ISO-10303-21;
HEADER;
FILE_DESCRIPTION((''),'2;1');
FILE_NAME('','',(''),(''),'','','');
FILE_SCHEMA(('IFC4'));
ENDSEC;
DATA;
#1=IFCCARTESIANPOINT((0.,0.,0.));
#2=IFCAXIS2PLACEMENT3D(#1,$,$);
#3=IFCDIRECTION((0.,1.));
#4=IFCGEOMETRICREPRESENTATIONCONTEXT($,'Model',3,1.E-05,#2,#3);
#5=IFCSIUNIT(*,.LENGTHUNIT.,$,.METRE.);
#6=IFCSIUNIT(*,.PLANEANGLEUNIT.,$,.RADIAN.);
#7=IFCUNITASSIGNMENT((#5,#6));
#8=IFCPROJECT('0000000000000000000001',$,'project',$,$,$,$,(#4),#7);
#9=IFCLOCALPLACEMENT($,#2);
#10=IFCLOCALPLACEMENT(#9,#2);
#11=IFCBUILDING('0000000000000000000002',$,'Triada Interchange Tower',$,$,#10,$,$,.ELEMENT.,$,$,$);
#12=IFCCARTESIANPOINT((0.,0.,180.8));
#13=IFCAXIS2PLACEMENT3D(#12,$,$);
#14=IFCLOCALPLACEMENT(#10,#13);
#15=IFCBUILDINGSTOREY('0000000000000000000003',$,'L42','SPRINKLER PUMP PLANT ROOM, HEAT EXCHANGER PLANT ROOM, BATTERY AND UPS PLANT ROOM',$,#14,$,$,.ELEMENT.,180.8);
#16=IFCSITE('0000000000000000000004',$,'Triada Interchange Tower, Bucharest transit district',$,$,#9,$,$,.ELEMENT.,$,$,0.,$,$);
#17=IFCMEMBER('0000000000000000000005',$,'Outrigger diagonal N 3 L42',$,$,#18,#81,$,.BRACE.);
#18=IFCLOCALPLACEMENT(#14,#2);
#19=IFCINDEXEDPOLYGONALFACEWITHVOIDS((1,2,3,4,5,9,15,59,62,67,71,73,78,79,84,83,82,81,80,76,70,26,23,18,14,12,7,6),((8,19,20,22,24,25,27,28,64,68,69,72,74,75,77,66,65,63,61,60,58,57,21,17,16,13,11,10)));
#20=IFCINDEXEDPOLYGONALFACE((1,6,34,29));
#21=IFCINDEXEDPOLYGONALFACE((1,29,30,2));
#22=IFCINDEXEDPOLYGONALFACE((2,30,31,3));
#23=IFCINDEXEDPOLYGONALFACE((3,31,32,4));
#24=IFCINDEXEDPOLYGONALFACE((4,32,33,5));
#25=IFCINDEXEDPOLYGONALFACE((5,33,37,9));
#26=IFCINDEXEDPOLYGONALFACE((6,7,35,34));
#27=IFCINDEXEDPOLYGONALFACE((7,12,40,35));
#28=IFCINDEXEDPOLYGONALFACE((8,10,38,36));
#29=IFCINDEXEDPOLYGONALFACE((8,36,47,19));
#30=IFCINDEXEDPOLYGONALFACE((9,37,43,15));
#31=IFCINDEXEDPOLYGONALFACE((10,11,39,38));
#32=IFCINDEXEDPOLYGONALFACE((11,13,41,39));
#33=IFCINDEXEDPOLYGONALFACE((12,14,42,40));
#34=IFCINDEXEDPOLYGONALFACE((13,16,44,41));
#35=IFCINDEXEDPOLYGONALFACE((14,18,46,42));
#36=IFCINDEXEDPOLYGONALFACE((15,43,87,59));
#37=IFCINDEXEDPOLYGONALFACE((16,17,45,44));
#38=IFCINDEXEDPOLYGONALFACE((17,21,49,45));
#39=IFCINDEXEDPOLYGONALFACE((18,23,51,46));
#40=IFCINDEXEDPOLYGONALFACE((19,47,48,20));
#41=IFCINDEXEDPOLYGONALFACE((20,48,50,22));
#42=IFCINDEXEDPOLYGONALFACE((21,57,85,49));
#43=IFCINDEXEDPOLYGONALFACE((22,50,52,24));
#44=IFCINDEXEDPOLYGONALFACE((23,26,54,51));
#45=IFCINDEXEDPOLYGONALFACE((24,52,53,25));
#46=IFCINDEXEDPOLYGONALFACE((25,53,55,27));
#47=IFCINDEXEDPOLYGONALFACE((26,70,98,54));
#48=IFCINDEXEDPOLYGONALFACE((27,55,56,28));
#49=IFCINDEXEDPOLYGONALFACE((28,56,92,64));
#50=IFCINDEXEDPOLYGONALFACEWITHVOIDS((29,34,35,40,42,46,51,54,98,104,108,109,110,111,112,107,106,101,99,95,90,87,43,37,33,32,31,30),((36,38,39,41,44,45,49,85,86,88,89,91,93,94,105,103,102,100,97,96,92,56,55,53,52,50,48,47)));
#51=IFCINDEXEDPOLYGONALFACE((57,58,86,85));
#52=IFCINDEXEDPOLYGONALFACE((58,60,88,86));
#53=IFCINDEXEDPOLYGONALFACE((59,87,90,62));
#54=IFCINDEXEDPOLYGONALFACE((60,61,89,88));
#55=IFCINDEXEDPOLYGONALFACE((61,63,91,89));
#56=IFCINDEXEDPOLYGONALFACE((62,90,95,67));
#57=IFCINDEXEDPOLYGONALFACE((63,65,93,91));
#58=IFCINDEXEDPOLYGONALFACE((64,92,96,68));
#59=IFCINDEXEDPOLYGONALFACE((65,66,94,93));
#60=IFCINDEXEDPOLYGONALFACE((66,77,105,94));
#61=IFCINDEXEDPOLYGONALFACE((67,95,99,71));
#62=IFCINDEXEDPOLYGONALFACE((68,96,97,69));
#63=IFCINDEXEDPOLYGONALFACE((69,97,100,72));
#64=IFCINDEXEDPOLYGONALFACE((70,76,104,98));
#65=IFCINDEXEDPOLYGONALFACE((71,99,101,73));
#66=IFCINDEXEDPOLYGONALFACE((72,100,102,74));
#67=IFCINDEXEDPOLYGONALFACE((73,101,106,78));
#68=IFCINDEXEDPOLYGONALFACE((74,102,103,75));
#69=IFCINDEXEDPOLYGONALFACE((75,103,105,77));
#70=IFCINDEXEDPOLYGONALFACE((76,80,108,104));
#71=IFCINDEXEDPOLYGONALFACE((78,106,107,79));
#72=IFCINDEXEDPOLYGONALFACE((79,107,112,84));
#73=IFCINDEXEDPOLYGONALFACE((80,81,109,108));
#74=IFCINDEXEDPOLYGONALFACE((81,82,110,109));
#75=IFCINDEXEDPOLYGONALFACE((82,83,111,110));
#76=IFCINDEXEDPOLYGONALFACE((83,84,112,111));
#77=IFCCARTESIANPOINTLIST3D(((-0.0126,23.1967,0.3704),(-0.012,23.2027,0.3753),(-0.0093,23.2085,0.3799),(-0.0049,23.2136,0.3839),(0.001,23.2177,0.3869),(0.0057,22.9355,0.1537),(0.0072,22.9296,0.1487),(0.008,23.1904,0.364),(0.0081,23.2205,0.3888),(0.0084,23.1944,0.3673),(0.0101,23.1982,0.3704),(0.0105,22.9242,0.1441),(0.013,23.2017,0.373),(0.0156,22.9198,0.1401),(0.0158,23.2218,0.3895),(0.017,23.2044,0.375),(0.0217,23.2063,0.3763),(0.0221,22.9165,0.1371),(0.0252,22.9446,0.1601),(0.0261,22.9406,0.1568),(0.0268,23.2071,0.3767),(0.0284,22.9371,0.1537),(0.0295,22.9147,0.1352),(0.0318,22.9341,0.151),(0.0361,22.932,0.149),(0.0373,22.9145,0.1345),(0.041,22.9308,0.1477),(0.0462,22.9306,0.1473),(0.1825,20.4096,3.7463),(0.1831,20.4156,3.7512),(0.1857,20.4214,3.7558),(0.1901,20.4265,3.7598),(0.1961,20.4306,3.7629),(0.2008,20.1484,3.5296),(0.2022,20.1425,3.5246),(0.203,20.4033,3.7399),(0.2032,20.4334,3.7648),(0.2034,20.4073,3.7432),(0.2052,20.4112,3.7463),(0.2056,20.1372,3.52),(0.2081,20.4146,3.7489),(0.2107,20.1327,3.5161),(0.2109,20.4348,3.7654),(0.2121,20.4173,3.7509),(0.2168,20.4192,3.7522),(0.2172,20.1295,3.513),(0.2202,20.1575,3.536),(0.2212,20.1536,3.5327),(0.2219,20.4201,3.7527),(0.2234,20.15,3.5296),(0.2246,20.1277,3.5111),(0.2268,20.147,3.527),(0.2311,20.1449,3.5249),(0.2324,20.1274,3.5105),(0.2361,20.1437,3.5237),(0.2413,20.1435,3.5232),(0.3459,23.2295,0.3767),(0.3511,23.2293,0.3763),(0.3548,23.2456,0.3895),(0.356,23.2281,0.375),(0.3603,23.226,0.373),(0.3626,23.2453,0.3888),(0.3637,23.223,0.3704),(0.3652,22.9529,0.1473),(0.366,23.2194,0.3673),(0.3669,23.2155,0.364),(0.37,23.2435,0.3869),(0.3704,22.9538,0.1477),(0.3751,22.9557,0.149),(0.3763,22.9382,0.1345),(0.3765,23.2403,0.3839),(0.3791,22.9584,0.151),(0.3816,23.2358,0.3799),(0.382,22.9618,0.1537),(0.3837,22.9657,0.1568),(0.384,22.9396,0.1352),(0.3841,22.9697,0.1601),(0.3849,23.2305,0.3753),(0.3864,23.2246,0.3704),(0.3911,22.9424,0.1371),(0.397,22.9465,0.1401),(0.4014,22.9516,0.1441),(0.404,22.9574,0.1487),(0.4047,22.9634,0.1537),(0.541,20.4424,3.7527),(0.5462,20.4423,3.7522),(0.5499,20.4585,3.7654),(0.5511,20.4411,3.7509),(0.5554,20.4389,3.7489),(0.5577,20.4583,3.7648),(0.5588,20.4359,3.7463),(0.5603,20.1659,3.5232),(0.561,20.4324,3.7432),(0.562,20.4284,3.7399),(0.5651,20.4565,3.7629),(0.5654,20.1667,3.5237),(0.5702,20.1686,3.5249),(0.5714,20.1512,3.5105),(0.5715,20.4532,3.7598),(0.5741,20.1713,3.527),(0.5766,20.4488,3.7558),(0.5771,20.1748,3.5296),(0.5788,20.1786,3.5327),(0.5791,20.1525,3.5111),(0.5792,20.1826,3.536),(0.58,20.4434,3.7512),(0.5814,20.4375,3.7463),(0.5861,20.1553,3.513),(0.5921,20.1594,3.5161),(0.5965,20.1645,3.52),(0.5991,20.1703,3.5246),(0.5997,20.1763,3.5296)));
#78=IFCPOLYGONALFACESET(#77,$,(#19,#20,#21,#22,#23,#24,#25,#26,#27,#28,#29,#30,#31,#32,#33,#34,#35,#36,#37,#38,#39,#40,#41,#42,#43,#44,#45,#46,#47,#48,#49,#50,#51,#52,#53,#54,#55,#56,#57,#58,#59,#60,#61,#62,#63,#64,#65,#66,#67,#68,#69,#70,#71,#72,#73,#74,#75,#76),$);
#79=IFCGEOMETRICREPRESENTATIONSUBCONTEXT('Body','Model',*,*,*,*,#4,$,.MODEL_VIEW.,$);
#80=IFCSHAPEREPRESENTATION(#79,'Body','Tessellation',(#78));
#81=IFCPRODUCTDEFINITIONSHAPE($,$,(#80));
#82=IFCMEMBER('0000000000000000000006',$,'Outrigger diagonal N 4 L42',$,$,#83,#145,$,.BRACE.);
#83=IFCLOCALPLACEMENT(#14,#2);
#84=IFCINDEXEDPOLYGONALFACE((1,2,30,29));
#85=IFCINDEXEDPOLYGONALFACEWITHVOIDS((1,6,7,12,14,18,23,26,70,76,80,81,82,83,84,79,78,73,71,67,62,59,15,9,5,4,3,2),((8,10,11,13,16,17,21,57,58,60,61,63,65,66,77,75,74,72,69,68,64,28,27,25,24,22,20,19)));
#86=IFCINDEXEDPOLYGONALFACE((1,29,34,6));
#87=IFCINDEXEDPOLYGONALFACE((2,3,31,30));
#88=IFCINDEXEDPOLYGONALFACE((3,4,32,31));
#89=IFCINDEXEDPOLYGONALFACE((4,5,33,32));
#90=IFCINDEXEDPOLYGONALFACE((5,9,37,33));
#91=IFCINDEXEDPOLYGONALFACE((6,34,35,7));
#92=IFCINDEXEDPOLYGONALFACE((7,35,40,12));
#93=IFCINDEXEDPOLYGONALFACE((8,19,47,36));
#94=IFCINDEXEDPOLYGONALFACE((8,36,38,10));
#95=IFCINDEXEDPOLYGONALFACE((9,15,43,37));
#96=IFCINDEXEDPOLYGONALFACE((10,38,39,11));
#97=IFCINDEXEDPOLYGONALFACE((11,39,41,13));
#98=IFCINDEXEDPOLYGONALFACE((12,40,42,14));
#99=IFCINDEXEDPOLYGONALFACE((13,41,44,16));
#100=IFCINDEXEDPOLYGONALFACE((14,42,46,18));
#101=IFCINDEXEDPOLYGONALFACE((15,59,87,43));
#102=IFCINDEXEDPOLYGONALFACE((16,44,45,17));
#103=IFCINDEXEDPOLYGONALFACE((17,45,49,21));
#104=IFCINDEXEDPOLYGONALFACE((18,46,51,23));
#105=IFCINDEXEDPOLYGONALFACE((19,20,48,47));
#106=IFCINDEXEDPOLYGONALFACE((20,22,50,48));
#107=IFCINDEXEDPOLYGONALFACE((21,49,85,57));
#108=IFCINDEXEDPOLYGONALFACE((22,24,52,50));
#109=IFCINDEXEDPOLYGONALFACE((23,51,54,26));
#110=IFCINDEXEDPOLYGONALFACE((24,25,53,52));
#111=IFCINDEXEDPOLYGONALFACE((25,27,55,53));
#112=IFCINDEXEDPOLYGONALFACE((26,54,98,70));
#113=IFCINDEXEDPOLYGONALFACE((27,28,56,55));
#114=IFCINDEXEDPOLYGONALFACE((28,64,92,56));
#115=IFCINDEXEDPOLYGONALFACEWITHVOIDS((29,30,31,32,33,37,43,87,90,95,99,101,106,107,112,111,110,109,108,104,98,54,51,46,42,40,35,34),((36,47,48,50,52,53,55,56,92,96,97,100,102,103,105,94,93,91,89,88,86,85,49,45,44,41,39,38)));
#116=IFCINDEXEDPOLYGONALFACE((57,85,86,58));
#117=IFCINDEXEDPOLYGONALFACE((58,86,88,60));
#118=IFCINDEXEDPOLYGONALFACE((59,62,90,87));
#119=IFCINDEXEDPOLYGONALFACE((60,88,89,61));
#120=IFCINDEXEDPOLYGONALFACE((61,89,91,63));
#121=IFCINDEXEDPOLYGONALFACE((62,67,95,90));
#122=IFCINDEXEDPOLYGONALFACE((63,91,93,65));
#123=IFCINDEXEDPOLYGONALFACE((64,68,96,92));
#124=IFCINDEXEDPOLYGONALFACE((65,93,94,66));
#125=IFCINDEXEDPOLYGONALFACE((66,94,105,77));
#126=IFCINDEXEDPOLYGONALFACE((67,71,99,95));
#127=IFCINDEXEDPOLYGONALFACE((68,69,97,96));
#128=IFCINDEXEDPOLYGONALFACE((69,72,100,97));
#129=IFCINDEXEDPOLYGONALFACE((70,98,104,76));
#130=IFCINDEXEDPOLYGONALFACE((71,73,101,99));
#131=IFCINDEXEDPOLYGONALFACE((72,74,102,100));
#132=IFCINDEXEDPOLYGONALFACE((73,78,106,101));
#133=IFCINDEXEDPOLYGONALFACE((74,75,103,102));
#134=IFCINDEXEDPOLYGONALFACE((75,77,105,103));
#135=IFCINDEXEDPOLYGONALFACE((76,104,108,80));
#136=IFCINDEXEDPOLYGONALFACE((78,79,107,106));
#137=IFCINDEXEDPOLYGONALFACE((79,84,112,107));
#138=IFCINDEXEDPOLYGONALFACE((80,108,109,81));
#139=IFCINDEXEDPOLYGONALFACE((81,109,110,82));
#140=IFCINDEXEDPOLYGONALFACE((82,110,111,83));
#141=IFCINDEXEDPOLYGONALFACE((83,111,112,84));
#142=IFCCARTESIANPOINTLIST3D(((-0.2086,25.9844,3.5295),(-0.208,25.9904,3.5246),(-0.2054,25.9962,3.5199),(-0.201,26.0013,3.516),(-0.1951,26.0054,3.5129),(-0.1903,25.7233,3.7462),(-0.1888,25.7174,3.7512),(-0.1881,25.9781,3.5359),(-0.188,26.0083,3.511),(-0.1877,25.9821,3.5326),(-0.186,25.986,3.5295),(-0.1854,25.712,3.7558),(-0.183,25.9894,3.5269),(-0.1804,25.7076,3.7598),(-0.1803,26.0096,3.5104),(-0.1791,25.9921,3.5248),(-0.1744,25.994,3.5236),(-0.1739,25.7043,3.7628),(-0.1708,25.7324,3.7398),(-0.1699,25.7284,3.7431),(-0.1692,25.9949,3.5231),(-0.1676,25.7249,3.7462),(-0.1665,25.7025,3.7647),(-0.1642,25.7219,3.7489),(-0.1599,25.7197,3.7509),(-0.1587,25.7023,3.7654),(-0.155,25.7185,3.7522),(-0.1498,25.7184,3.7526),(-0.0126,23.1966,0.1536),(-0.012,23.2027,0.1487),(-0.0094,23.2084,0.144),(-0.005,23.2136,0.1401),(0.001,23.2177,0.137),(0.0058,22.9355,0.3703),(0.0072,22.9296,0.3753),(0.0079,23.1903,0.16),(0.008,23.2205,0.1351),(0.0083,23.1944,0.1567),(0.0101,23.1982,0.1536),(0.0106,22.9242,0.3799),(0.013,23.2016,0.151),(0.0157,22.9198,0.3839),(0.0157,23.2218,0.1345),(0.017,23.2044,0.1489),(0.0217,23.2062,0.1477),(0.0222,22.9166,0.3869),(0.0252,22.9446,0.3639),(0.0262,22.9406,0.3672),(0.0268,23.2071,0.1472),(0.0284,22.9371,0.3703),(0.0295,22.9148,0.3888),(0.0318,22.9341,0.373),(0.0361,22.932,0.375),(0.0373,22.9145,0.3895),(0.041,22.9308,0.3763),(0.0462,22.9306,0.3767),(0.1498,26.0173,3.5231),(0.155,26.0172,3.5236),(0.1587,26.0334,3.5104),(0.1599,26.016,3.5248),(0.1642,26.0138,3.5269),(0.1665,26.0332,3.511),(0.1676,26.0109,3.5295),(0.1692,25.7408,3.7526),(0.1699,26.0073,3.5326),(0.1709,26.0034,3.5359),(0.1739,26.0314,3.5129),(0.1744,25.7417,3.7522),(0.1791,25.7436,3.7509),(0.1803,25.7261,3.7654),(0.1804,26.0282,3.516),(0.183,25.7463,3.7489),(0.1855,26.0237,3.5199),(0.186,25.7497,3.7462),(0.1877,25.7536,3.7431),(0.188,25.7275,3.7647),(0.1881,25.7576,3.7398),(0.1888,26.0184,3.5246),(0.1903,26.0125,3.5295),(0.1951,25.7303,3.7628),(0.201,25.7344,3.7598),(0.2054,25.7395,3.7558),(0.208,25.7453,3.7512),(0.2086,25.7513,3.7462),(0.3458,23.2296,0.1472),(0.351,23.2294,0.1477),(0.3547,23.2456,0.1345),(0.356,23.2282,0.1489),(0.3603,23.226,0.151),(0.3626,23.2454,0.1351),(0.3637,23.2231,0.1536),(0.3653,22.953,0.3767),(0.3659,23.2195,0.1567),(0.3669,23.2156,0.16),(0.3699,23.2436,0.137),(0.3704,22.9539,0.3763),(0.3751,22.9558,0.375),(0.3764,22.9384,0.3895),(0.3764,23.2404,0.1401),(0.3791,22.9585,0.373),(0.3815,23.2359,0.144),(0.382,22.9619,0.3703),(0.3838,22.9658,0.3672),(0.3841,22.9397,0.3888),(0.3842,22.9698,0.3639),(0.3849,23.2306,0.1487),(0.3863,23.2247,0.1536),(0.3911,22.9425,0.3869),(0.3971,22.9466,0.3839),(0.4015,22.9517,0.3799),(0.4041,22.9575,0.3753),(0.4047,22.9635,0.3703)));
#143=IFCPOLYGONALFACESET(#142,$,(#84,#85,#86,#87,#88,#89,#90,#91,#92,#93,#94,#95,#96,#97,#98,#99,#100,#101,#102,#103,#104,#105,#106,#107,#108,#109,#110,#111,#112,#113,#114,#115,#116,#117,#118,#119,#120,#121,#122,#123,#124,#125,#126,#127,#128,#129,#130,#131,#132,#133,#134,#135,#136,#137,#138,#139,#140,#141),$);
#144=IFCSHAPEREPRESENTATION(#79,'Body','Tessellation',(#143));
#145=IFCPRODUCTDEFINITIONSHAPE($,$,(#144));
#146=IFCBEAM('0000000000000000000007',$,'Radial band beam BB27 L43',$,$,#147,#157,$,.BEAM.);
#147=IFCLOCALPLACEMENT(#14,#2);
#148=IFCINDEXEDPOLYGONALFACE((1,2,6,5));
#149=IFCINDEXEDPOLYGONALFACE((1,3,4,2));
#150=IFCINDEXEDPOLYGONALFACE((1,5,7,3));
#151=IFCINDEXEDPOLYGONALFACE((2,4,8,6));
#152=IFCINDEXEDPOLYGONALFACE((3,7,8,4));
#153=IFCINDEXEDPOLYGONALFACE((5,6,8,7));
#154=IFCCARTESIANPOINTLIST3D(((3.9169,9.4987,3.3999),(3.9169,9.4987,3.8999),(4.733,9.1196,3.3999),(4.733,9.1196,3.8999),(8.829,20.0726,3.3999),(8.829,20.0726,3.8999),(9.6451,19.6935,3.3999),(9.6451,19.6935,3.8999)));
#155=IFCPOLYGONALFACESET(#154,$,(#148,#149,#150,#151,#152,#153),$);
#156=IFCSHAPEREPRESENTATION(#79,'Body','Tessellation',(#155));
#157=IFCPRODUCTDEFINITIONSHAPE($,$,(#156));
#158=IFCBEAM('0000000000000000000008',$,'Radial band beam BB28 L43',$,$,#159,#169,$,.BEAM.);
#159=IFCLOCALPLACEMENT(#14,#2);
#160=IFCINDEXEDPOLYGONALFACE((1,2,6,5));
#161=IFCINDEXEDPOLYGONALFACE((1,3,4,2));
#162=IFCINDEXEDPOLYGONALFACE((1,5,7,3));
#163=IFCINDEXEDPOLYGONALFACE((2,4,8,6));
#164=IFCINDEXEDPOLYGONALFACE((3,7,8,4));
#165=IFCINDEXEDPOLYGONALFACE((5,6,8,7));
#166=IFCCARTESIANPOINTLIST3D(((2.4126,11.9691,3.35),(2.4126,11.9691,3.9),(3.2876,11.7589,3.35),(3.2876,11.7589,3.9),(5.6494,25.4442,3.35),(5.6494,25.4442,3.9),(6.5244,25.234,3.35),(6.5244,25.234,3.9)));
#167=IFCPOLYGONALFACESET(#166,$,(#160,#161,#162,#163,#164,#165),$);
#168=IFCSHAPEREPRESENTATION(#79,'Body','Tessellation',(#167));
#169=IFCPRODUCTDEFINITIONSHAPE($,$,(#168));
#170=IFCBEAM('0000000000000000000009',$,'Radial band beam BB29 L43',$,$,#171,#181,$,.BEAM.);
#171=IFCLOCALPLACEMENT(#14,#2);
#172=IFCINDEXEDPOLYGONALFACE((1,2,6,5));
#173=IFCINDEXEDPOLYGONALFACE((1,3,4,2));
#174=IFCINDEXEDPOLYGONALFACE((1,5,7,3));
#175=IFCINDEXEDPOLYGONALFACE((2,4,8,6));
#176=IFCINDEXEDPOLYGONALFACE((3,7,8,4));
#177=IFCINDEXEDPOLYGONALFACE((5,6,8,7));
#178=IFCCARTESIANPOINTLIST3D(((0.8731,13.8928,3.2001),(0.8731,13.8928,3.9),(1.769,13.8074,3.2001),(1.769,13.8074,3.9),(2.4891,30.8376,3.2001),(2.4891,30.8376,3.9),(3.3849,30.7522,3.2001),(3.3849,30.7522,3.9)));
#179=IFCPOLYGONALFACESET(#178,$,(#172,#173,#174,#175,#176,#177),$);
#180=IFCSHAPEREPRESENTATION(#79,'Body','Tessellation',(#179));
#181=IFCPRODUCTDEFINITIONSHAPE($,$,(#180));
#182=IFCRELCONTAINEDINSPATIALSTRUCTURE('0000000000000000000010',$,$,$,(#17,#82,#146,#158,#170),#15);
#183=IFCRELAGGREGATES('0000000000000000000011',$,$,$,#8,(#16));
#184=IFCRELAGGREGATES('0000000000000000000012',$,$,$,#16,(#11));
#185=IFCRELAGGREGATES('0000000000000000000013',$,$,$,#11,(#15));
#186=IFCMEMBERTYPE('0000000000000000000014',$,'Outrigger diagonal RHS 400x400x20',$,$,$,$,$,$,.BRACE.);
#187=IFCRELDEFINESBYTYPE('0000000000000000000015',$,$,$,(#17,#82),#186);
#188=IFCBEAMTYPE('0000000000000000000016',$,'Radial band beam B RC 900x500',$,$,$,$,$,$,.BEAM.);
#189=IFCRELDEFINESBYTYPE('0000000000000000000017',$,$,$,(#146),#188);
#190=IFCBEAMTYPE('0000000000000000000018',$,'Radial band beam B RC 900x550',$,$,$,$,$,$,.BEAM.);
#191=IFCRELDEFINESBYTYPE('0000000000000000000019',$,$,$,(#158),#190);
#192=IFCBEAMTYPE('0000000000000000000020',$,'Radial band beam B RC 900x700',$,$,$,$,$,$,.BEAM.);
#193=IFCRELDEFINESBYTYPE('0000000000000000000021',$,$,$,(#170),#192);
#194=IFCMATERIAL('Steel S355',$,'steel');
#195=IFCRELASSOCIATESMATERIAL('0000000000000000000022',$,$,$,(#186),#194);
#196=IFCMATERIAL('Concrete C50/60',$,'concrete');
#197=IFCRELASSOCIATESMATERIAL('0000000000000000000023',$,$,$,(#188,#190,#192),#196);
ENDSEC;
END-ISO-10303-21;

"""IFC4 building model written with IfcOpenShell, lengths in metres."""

from ifc_helpers import new_model, si_unit, direction, frame, origin, origin_2d, place, context, subcontext, project, spatial, rectangle, hollow_rectangle, extrude, material, material_profile, profile_set, type_object, element, save


model = new_model("IFC4")

# Units and contexts
model_context = context("Model", 3, precision=1e-05, world=origin(), true_north=direction((0.0, 1.0)))
body_context = subcontext(model_context, "Body", "Model", "MODEL_VIEW")
ifc_project = project(units=[si_unit("LENGTHUNIT", "METRE"), si_unit("PLANEANGLEUNIT", "RADIAN")], contexts=[model_context])

# Site, building, storey
site_placement = place(None, origin())
site = spatial("IfcSite", under=ifc_project, at=site_placement, Name="Triada Interchange Tower, Bucharest transit district", CompositionType="ELEMENT", RefElevation=0.0)
building_placement = place(site_placement, origin())
building = spatial("IfcBuilding", under=site, at=building_placement, Name="Triada Interchange Tower", CompositionType="ELEMENT")
storey_placement = place(building_placement, frame((0.0, 0.0, 180.8)))
storey = spatial("IfcBuildingStorey", under=building, at=storey_placement, Name="L42", Description="SPRINKLER PUMP PLANT ROOM, HEAT EXCHANGER PLANT ROOM, BATTERY AND UPS PLANT ROOM", CompositionType="ELEMENT", Elevation=180.8)

# Members
ifc_material_1 = material(Name="Steel S355", Category="steel")
ifc_material_profile_1 = material_profile(ifc_material_1, hollow_rectangle(XDim=0.3999, YDim=0.3999, WallThickness=0.02, InnerFilletRadius=0.02, OuterFilletRadius=0.03, at=origin_2d()), Name="RHS 400x400x20")
ifc_profile_set_1 = profile_set([ifc_material_profile_1], Name="Steel S355")
member_type_1 = type_object("IfcMemberType", Name="Outrigger diagonal RHS 400x400x20", PredefinedType="BRACE", material=ifc_profile_set_1)
member_1_placement = place(storey_placement, frame((0.3911, 20.293, 3.6379), z_axis=(-0.044514, 0.636014, -0.770393), x_axis=(-0.99756, -0.069819, 0.0)))
element("IfcMember", 1, at=member_1_placement, inside=storey, type_object=member_type_1, Name="Outrigger diagonal N 3 L42", PredefinedType="BRACE", context=body_context, shape_type="SweptSolid", body=[
    extrude(hollow_rectangle(XDim=0.3999, YDim=0.3999, WallThickness=0.02, InnerFilletRadius=0.02, OuterFilletRadius=0.03, at=origin_2d()), origin(), (0.0, 0.0, 1.0), 4.3821),
])
member_2_placement = place(storey_placement, frame((0.196, 23.0801, 0.262), z_axis=(-0.044732, 0.636107, 0.770303), x_axis=(-0.997537, -0.070148, 0.0)))
element("IfcMember", 2, at=member_2_placement, inside=storey, type_object=member_type_1, Name="Outrigger diagonal N 4 L42", PredefinedType="BRACE", context=body_context, shape_type="SweptSolid", body=[
    extrude(hollow_rectangle(XDim=0.3999, YDim=0.3999, WallThickness=0.02, InnerFilletRadius=0.02, OuterFilletRadius=0.03, at=origin_2d()), origin(), (0.0, 0.0, 1.0), 4.3826),
])

# Beams
ifc_material_2 = material(Name="Concrete C50/60", Category="concrete")
ifc_material_profile_2 = material_profile(ifc_material_2, rectangle(XDim=0.8999, YDim=0.5, at=origin_2d()), Name="RC 900x500")
ifc_profile_set_2 = profile_set([ifc_material_profile_2], Name="Concrete C50/60")
beam_type_1 = type_object("IfcBeamType", Name="Radial band beam B RC 900x500", PredefinedType="BEAM", material=ifc_profile_set_2)
beam_1_placement = place(storey_placement, frame((9.2371, 19.8831, 3.6499), z_axis=(-0.421306, -0.906918, 0.0), x_axis=(0.906918, -0.421306, 0.0)))
element("IfcBeam", 3, at=beam_1_placement, inside=storey, type_object=beam_type_1, Name="Radial band beam BB27 L43", PredefinedType="BEAM", context=body_context, shape_type="SweptSolid", body=[
    extrude(rectangle(XDim=0.8999, YDim=0.5, at=origin_2d()), origin(), (0.0, 0.0, 1.0), 11.6592),
])
ifc_material_profile_3 = material_profile(ifc_material_2, rectangle(XDim=0.8999, YDim=0.55, at=origin_2d()), Name="RC 900x550")
ifc_profile_set_3 = profile_set([ifc_material_profile_3], Name="Concrete C50/60")
beam_type_2 = type_object("IfcBeamType", Name="Radial band beam B RC 900x550", PredefinedType="BEAM", material=ifc_profile_set_3)
beam_2_placement = place(storey_placement, frame((6.0869, 25.3391, 3.625), z_axis=(-0.233564, -0.972342, 0.0), x_axis=(0.972342, -0.233564, 0.0)))
element("IfcBeam", 4, at=beam_2_placement, inside=storey, type_object=beam_type_2, Name="Radial band beam BB28 L43", PredefinedType="BEAM", context=body_context, shape_type="SweptSolid", body=[
    extrude(rectangle(XDim=0.8999, YDim=0.55, at=origin_2d()), origin(), (0.0, 0.0, 1.0), 13.8584),
])
ifc_material_profile_4 = material_profile(ifc_material_2, rectangle(XDim=0.8999, YDim=0.7, at=origin_2d()), Name="RC 900x700")
ifc_profile_set_4 = profile_set([ifc_material_profile_4], Name="Concrete C50/60")
beam_type_3 = type_object("IfcBeamType", Name="Radial band beam B RC 900x700", PredefinedType="BEAM", material=ifc_profile_set_4)
beam_3_placement = place(storey_placement, frame((2.937, 30.7949, 3.55), z_axis=(-0.094936, -0.995483, 0.0), x_axis=(0.995483, -0.094936, 0.0)))
element("IfcBeam", 5, at=beam_3_placement, inside=storey, type_object=beam_type_3, Name="Radial band beam BB29 L43", PredefinedType="BEAM", context=body_context, shape_type="SweptSolid", body=[
    extrude(rectangle(XDim=0.8999, YDim=0.7, at=origin_2d()), origin(), (0.0, 0.0, 1.0), 17.0217),
])

save(model, "model.ifc")
